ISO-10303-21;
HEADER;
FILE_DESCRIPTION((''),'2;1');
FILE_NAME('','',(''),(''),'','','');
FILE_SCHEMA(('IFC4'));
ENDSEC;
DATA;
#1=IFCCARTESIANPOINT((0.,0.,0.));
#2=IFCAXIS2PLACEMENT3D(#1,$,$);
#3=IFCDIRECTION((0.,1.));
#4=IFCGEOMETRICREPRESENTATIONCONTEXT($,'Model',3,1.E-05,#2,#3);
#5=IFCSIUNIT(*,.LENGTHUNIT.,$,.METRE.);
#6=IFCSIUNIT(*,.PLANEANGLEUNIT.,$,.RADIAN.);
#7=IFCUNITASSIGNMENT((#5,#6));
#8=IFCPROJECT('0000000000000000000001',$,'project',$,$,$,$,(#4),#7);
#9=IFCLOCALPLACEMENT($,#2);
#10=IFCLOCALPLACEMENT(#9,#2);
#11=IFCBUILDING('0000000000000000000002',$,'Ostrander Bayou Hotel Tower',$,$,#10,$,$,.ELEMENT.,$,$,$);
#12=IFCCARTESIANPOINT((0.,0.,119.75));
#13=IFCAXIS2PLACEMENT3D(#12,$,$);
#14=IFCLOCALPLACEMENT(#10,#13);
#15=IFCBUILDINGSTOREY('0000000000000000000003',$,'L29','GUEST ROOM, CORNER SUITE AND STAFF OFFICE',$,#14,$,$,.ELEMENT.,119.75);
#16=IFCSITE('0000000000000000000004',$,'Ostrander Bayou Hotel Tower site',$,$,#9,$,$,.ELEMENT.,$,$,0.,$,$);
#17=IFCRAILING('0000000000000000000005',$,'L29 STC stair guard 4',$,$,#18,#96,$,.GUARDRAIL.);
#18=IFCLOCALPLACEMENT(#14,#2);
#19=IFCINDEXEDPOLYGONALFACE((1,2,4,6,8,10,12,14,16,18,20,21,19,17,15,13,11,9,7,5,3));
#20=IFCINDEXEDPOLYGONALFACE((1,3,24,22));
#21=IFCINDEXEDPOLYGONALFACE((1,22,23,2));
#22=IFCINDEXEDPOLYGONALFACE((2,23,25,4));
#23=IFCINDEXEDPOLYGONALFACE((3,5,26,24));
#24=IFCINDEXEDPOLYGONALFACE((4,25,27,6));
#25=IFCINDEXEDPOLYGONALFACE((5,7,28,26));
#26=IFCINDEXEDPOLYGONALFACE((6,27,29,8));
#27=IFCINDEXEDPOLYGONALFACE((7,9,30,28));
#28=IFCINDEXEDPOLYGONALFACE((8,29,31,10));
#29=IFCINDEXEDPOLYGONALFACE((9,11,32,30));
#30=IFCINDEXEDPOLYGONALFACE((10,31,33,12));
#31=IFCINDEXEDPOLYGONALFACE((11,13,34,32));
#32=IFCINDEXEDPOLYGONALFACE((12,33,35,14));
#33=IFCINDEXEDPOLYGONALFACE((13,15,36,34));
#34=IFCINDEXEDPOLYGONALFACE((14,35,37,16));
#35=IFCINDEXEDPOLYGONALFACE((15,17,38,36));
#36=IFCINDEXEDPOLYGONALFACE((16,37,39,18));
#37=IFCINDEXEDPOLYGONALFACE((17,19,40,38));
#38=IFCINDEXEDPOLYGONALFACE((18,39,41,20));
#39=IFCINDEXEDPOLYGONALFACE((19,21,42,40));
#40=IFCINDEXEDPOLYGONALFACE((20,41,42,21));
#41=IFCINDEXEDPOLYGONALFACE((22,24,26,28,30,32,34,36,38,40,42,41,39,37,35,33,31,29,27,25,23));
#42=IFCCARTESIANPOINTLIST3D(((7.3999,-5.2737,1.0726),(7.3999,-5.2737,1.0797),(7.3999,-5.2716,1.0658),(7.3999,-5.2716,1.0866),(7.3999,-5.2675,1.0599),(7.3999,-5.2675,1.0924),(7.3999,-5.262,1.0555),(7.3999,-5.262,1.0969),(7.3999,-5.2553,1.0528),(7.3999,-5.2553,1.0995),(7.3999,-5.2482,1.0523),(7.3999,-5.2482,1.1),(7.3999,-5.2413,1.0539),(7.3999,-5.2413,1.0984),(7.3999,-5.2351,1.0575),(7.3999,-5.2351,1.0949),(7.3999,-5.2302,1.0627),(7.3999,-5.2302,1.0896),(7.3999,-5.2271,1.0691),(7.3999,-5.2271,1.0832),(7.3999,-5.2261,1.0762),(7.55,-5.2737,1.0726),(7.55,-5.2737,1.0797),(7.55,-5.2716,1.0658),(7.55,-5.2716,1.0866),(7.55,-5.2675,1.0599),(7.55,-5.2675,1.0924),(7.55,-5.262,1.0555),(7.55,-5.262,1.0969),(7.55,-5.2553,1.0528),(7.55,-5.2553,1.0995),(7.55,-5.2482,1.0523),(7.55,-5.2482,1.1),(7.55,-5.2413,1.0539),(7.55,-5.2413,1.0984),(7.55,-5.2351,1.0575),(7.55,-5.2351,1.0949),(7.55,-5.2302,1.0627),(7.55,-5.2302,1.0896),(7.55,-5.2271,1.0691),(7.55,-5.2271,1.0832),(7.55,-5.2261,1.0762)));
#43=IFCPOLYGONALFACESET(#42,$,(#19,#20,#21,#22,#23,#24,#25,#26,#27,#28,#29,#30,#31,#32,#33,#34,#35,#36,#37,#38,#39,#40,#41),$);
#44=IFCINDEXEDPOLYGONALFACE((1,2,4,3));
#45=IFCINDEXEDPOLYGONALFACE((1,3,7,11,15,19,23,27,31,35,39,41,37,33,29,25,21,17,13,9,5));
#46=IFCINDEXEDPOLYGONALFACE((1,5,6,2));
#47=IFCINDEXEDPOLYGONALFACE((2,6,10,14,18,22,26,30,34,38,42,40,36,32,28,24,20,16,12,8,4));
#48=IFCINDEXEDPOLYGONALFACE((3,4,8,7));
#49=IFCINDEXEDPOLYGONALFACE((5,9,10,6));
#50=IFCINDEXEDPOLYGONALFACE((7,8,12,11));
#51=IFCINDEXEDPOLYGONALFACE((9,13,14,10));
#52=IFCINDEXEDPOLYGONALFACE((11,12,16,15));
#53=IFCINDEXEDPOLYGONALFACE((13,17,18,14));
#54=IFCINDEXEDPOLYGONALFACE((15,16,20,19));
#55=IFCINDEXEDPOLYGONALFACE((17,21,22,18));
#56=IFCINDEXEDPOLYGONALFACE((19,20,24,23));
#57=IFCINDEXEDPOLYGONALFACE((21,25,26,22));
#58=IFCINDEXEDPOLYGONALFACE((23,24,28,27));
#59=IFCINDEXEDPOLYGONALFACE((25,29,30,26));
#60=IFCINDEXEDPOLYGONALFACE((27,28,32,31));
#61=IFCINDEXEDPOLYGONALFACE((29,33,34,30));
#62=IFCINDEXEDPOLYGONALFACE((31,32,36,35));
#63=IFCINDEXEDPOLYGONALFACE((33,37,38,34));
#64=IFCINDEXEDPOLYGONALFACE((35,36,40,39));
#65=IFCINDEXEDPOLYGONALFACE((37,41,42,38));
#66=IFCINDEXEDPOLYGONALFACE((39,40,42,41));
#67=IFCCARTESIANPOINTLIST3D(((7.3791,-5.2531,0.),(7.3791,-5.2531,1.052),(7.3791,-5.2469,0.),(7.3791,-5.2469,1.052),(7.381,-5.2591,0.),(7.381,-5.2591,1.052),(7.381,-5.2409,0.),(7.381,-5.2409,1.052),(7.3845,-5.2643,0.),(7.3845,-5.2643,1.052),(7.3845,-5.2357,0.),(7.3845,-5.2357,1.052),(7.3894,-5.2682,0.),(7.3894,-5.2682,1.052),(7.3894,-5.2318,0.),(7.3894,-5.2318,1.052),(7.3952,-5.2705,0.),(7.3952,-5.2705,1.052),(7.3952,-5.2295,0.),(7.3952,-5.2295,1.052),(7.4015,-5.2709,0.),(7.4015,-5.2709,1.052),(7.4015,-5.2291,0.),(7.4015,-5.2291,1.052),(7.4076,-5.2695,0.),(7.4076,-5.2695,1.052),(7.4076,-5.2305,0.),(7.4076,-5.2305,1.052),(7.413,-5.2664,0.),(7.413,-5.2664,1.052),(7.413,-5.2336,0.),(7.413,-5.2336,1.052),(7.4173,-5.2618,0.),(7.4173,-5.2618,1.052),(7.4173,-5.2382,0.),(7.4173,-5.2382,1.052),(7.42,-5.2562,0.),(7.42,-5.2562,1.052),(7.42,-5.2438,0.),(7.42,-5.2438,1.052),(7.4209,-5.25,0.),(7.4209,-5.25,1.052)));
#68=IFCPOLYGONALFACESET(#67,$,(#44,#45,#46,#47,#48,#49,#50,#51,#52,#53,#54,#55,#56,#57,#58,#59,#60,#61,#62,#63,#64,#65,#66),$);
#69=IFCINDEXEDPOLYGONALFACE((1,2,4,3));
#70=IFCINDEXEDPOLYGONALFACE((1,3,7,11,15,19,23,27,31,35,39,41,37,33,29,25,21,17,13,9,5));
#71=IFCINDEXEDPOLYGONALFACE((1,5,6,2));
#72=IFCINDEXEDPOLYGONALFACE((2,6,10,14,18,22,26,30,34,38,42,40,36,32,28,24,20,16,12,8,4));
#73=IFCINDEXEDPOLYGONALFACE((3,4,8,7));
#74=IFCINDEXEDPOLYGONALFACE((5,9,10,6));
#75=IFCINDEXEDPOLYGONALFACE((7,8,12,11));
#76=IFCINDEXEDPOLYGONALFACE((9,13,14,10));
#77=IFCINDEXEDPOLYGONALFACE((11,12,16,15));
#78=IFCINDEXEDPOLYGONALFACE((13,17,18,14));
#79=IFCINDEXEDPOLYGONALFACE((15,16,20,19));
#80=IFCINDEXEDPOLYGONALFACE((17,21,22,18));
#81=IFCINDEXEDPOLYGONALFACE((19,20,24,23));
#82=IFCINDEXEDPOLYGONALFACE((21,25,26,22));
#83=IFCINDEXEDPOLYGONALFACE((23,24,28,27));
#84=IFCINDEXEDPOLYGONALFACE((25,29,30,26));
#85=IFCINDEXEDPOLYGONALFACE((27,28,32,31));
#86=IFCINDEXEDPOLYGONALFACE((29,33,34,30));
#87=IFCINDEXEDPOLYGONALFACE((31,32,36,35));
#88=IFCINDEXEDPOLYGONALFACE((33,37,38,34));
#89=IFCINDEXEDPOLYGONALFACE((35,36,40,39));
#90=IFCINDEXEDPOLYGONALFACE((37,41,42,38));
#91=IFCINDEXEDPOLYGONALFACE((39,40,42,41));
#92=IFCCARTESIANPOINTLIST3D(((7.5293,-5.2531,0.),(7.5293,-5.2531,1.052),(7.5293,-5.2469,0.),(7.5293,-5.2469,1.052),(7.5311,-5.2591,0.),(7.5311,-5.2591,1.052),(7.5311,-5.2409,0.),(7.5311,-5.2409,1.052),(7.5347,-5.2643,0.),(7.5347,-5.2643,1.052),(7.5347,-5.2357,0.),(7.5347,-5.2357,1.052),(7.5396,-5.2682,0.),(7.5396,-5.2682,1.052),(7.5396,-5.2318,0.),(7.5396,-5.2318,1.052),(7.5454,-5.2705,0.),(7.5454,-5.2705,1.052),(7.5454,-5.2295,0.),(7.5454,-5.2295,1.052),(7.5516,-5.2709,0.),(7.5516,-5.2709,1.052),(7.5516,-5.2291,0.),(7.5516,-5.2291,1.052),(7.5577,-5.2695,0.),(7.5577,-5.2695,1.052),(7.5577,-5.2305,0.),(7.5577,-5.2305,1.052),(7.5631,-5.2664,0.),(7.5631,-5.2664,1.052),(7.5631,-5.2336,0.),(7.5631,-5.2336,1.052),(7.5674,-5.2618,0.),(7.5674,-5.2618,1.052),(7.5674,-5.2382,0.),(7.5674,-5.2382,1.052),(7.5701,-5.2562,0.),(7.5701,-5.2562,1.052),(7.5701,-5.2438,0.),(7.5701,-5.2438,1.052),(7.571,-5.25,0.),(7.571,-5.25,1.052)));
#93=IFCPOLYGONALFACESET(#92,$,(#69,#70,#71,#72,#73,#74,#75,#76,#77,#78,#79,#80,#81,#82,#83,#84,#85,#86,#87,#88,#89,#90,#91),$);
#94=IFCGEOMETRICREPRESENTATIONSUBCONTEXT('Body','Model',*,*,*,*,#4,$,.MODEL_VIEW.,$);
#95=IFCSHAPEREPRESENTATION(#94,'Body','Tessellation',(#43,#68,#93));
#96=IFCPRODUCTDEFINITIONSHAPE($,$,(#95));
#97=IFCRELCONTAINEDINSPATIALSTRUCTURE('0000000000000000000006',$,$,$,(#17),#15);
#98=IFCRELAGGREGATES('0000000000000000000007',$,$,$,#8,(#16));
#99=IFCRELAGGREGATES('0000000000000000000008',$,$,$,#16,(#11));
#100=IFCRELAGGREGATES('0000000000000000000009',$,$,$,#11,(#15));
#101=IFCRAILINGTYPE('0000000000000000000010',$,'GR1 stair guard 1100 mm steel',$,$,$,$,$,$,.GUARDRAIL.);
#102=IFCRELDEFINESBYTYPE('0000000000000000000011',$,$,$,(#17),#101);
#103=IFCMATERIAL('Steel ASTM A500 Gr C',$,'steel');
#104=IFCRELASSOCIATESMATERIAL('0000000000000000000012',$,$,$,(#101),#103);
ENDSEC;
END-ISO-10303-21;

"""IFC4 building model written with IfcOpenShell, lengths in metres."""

from ifc_helpers import new_model, si_unit, direction, frame, origin, origin_2d, place, context, subcontext, project, spatial, circle, extrude, material, type_object, element, save


model = new_model("IFC4")

# Units and contexts
model_context = context("Model", 3, precision=1e-05, world=origin(), true_north=direction((0.0, 1.0)))
body_context = subcontext(model_context, "Body", "Model", "MODEL_VIEW")
ifc_project = project(units=[si_unit("LENGTHUNIT", "METRE"), si_unit("PLANEANGLEUNIT", "RADIAN")], contexts=[model_context])

# Site, building, storey
site_placement = place(None, origin())
site = spatial("IfcSite", under=ifc_project, at=site_placement, Name="Ostrander Bayou Hotel Tower site", CompositionType="ELEMENT", RefElevation=0.0)
building_placement = place(site_placement, origin())
building = spatial("IfcBuilding", under=site, at=building_placement, Name="Ostrander Bayou Hotel Tower", CompositionType="ELEMENT")
storey_placement = place(building_placement, frame((0.0, 0.0, 119.75)))
storey = spatial("IfcBuildingStorey", under=building, at=storey_placement, Name="L29", Description="GUEST ROOM, CORNER SUITE AND STAFF OFFICE", CompositionType="ELEMENT", Elevation=119.75)

# Railing
ifc_material_1 = material(Name="Steel ASTM A500 Gr C", Category="steel")
railing_type_1 = type_object("IfcRailingType", Name="GR1 stair guard 1100 mm steel", PredefinedType="GUARDRAIL", material=ifc_material_1)
railing_1_placement = place(storey_placement, frame((7.3999, -5.25, 0.0)))
element("IfcRailing", 1, at=railing_1_placement, inside=storey, type_object=railing_type_1, Name="L29 STC stair guard 4", PredefinedType="GUARDRAIL", context=body_context, shape_type="SweptSolid", body=[
    extrude(circle(Radius=0.0239, at=origin_2d()), frame((0.0, 0.0, 1.0762), z_axis=(1.0, 0.0, 0.0), x_axis=(0.0, 1.0, 0.0)), (0.0, 0.0, 1.0), 0.1501),
    extrude(circle(Radius=0.021, at=origin_2d()), origin(), (0.0, 0.0, 1.0), 1.052),
    extrude(circle(Radius=0.021, at=origin_2d()), frame((0.1501, 0.0, 0.0)), (0.0, 0.0, 1.0), 1.052),
])

save(model, "model.ifc")
